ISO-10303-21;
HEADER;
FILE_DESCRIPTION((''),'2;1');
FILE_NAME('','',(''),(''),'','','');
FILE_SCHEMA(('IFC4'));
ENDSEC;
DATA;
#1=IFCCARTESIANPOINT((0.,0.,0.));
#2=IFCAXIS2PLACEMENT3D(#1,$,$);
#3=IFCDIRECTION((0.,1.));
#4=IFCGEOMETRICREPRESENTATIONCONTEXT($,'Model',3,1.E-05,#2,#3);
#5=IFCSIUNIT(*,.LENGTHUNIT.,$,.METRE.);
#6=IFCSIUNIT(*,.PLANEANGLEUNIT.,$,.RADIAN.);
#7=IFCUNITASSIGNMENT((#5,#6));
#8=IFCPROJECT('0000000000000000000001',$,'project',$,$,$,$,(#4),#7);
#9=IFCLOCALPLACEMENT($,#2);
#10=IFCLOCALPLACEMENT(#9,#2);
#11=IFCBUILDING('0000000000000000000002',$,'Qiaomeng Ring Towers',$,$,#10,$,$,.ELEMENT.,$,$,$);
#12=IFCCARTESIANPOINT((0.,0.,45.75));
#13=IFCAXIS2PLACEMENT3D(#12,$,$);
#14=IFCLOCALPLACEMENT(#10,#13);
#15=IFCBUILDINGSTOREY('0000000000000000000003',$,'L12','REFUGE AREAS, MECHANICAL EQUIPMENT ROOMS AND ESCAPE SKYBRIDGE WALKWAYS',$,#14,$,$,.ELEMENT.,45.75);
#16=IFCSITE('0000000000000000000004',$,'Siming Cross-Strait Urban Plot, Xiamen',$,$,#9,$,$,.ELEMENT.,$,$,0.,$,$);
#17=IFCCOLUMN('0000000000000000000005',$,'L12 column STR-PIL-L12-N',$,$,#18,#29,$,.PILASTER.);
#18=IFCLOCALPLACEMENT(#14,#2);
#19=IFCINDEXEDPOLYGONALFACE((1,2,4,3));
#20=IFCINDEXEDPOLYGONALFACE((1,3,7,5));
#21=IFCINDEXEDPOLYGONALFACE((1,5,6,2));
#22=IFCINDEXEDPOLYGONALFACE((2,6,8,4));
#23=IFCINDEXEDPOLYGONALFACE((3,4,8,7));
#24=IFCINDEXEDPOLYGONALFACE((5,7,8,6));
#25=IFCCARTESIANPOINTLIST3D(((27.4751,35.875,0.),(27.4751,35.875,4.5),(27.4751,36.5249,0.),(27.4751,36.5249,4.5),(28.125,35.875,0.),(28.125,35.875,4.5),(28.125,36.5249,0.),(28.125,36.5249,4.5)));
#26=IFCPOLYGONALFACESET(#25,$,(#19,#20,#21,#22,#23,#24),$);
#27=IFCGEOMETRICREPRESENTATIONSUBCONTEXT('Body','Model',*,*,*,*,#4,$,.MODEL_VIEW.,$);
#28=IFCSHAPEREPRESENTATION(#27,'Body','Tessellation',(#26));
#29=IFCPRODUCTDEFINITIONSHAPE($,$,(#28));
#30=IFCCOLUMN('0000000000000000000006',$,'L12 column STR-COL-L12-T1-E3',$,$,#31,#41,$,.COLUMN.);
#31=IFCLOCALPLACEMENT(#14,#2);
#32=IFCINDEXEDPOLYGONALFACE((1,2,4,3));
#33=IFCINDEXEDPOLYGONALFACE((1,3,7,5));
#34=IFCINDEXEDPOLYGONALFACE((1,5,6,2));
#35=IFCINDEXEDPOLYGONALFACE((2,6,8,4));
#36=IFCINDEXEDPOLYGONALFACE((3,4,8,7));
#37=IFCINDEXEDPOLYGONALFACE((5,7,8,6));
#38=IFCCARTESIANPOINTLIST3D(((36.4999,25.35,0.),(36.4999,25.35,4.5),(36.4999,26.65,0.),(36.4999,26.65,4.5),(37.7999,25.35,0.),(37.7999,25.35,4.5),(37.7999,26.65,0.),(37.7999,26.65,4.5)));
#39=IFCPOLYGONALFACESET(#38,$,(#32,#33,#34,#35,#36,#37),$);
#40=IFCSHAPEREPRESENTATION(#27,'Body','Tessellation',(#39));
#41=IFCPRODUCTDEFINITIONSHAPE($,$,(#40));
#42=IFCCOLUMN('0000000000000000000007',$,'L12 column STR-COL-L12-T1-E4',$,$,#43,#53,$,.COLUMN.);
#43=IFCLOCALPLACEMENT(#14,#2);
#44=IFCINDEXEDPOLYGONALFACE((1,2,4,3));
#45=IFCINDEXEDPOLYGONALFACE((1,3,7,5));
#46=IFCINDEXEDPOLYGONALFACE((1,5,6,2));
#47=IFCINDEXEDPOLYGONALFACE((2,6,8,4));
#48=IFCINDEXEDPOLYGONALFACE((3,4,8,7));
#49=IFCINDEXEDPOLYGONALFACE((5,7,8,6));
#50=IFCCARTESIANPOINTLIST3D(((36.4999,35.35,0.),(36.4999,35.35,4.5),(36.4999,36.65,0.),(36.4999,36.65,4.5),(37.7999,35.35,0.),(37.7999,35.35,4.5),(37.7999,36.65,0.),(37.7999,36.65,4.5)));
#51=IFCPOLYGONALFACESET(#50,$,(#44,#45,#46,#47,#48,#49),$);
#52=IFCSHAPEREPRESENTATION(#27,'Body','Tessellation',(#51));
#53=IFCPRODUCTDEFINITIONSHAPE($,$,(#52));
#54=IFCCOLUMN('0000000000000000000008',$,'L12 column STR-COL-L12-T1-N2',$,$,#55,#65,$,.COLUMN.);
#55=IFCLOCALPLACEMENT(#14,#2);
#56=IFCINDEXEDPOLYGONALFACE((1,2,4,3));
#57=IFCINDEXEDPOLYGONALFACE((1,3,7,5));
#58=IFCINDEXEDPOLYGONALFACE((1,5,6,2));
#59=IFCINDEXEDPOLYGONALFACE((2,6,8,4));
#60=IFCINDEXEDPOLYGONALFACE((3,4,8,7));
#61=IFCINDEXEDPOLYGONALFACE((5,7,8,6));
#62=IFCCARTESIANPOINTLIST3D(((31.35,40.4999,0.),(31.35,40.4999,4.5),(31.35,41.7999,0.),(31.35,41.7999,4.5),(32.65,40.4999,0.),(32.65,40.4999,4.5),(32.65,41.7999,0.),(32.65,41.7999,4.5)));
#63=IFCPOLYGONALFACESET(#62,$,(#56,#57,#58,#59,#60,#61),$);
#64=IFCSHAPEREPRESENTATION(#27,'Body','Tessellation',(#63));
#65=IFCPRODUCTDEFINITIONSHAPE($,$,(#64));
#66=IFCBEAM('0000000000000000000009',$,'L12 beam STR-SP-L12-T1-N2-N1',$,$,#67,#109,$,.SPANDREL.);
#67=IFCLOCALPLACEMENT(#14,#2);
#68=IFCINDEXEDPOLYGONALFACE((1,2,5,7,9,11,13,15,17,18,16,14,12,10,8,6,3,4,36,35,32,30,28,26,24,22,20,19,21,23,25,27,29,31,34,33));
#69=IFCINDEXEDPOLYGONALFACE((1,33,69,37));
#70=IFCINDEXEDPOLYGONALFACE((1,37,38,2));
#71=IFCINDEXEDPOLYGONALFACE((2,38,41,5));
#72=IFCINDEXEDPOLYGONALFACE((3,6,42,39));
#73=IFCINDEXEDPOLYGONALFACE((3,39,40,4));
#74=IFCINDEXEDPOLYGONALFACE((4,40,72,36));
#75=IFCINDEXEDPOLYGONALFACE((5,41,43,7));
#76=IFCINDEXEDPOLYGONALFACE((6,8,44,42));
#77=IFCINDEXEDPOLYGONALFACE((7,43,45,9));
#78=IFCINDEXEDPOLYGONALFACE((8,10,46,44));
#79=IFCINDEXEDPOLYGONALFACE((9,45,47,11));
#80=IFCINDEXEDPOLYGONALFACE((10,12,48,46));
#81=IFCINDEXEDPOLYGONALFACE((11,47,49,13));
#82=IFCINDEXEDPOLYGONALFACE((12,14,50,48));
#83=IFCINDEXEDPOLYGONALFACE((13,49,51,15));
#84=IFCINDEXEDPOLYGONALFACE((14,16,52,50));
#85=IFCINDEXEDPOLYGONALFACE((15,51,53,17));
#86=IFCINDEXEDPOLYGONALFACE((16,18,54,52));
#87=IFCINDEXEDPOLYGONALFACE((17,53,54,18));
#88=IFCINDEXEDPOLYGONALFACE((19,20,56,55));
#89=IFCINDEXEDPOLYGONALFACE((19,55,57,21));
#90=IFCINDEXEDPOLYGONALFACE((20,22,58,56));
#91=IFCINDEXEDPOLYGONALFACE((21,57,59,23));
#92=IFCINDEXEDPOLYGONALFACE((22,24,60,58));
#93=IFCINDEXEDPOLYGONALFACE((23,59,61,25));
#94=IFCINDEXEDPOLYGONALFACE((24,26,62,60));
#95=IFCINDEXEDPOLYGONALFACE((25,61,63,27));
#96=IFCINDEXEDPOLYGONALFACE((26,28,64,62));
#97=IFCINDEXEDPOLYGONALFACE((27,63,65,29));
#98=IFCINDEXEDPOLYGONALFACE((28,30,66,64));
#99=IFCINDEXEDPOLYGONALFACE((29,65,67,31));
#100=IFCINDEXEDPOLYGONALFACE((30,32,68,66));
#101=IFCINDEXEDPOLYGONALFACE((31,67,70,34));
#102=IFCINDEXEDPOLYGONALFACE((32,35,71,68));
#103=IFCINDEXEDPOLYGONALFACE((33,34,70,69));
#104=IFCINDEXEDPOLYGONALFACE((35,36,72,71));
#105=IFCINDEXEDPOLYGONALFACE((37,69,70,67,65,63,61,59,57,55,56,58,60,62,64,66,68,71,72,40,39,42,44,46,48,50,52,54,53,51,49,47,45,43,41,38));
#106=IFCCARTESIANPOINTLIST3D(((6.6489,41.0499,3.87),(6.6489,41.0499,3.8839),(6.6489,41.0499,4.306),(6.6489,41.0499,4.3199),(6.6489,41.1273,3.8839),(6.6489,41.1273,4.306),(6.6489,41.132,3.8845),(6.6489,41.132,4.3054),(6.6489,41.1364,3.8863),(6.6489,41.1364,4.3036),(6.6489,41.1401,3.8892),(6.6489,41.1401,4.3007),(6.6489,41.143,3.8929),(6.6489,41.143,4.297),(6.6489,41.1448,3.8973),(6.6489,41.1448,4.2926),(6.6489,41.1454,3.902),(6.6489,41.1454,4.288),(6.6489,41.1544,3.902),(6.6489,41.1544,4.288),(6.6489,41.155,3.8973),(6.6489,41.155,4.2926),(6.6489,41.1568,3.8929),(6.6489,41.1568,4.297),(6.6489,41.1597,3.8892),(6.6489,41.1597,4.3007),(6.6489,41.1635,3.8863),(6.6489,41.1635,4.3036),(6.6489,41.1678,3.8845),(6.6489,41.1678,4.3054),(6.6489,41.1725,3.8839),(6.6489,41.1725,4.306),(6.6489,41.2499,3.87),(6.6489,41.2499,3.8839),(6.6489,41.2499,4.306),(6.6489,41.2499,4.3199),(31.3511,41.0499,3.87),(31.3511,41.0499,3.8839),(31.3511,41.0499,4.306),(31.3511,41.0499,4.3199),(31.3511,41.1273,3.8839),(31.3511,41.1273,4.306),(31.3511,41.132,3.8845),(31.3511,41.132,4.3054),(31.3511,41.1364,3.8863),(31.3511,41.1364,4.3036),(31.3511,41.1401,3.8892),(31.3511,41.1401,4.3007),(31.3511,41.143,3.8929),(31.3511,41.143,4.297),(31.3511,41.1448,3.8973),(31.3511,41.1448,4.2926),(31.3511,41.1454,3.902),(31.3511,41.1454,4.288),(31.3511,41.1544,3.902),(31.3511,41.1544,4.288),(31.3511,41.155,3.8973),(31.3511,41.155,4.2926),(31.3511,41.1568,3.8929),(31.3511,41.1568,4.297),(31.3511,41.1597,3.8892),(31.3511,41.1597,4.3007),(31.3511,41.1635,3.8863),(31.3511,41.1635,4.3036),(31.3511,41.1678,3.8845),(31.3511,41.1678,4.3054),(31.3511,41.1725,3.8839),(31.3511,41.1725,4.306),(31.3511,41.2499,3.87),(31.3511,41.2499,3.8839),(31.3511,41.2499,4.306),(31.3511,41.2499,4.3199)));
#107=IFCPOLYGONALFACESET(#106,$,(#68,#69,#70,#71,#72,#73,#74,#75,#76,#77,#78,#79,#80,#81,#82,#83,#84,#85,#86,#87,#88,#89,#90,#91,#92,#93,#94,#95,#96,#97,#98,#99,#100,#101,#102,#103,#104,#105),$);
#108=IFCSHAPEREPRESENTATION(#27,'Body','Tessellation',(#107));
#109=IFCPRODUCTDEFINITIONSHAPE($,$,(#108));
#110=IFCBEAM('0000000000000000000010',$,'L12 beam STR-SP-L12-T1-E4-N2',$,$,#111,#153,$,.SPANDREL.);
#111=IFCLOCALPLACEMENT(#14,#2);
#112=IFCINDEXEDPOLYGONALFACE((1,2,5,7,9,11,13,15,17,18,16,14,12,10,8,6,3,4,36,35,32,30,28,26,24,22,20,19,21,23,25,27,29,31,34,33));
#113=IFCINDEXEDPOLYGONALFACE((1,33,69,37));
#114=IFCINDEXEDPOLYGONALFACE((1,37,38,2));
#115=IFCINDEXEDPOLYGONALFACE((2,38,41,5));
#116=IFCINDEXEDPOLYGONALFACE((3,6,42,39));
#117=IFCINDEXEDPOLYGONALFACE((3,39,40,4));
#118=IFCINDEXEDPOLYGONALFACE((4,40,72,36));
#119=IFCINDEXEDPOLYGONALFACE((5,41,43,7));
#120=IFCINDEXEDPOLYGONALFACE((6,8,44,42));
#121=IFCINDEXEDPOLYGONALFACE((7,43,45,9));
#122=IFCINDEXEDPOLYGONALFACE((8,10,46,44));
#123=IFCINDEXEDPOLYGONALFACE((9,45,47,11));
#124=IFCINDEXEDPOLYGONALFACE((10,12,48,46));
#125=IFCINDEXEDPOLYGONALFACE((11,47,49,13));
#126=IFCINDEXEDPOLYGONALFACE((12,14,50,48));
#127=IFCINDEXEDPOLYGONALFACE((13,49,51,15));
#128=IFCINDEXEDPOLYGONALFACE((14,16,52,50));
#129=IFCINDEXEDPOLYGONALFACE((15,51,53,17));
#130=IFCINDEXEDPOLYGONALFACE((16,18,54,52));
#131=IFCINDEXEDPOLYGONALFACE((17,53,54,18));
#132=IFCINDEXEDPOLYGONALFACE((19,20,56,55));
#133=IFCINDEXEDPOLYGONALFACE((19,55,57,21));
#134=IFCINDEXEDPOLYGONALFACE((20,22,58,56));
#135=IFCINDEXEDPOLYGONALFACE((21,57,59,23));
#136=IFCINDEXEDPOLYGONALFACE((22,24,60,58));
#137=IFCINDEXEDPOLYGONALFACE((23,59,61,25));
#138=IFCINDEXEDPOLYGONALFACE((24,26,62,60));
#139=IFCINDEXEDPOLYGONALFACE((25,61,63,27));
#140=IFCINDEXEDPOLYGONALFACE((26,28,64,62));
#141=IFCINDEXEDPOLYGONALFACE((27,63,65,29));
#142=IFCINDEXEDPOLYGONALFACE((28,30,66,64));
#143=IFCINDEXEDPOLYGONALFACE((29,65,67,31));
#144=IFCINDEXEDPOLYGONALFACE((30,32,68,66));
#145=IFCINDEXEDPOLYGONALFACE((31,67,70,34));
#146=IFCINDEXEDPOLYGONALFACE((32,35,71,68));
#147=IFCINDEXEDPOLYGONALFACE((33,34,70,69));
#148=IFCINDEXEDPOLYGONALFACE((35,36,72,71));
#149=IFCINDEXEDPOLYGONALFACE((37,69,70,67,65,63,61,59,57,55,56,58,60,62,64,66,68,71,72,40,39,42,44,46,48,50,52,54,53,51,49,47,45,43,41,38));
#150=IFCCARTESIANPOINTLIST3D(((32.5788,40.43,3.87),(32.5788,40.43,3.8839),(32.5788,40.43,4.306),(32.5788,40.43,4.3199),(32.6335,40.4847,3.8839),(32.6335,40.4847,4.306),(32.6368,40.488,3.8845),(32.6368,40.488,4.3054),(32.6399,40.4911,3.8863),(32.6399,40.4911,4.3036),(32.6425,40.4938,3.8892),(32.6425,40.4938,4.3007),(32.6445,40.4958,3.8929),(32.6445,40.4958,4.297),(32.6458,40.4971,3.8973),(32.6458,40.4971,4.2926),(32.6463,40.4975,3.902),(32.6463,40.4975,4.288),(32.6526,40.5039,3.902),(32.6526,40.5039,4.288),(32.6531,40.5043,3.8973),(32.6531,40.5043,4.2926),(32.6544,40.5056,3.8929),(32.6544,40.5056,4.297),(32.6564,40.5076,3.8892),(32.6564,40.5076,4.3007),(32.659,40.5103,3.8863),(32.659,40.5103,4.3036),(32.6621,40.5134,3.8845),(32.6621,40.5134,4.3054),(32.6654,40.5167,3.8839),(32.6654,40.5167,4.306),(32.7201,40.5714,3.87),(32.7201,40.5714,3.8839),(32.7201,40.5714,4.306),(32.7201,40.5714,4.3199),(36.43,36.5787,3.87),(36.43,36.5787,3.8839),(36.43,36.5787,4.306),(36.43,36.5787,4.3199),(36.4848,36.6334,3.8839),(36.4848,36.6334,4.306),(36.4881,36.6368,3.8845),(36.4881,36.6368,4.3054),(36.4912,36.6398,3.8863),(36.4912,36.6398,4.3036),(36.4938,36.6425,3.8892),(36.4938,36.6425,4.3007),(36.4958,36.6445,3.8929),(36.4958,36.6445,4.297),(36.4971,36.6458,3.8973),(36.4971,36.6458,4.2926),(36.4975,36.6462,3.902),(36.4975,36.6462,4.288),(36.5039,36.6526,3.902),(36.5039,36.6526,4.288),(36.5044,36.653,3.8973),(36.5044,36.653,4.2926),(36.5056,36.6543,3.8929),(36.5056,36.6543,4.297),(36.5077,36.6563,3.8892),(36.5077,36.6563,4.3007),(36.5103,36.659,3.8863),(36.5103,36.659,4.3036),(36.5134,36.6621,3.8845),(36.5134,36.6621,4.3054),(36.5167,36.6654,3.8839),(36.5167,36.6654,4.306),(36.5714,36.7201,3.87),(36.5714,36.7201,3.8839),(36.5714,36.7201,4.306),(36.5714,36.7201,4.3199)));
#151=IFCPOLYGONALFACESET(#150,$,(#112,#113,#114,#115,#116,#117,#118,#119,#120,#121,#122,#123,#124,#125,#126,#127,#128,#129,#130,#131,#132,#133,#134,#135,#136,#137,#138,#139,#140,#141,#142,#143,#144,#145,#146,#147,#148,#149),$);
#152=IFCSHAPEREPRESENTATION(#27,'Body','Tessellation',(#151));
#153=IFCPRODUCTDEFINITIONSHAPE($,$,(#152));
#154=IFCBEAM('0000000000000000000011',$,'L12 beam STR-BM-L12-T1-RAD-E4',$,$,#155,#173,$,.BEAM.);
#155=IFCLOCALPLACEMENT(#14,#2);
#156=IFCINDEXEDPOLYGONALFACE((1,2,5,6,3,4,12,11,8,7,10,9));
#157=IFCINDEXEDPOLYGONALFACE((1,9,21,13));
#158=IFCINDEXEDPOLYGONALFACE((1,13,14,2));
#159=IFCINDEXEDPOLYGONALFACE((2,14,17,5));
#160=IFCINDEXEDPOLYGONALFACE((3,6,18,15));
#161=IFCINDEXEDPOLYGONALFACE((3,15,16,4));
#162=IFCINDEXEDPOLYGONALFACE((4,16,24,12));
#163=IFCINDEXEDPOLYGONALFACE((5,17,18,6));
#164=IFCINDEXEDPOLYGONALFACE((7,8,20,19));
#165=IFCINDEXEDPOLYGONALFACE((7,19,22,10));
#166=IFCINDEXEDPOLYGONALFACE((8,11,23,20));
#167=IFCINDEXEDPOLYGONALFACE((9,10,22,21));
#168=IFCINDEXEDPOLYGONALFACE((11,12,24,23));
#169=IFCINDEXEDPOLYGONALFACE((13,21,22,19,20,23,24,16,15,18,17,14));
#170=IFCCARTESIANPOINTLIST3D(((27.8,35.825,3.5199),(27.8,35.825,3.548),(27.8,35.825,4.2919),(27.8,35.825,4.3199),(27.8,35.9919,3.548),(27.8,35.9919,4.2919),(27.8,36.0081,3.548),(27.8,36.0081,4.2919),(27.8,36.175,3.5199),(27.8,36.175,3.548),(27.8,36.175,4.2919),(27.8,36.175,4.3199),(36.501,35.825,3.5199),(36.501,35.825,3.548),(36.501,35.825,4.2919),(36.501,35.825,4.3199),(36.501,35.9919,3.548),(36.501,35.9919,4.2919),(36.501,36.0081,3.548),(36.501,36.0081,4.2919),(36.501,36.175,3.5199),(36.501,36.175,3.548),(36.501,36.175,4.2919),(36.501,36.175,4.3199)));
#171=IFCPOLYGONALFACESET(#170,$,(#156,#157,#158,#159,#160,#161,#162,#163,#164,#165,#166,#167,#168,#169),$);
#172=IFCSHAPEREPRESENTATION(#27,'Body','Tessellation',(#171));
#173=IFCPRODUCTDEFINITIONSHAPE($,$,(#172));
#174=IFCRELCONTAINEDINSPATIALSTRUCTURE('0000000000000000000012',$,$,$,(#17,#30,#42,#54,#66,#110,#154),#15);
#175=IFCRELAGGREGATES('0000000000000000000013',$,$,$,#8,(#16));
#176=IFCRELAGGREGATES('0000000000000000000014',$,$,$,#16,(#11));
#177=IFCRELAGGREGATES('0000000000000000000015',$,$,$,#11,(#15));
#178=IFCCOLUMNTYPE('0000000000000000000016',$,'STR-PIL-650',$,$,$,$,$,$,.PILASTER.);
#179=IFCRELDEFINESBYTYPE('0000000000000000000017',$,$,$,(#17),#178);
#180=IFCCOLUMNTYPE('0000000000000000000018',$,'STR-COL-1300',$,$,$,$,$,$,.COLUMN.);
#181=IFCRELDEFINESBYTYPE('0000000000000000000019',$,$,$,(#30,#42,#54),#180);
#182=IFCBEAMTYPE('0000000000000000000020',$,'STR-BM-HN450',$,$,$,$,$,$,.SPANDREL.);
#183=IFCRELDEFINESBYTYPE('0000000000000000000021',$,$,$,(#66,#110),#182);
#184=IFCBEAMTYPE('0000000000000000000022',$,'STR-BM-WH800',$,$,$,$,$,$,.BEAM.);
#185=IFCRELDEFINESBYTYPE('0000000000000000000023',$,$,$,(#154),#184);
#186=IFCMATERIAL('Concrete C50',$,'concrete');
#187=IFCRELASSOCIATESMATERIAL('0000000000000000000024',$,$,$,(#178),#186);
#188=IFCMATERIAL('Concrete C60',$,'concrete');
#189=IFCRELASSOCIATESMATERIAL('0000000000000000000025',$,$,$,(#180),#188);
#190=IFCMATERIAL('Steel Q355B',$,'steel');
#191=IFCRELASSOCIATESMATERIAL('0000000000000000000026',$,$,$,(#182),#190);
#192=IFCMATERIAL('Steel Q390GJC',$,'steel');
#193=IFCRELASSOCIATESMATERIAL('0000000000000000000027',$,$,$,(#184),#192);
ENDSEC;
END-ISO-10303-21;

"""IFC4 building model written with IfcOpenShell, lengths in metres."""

from ifc_helpers import new_model, si_unit, direction, frame, origin, origin_2d, place, context, subcontext, project, spatial, rectangle, i_section, extrude, source, transform, mapped, material, material_profile, profile_set, type_object, element, save


model = new_model("IFC4")

# Units and contexts
model_context = context("Model", 3, precision=1e-05, world=origin(), true_north=direction((0.0, 1.0)))
body_context = subcontext(model_context, "Body", "Model", "MODEL_VIEW")
ifc_project = project(units=[si_unit("LENGTHUNIT", "METRE"), si_unit("PLANEANGLEUNIT", "RADIAN")], contexts=[model_context])

# Site, building, storey
site_placement = place(None, origin())
site = spatial("IfcSite", under=ifc_project, at=site_placement, Name="Siming Cross-Strait Urban Plot, Xiamen", CompositionType="ELEMENT", RefElevation=0.0)
building_placement = place(site_placement, origin())
building = spatial("IfcBuilding", under=site, at=building_placement, Name="Qiaomeng Ring Towers", CompositionType="ELEMENT")
storey_placement = place(building_placement, frame((0.0, 0.0, 45.75)))
storey = spatial("IfcBuildingStorey", under=building, at=storey_placement, Name="L12", Description="REFUGE AREAS, MECHANICAL EQUIPMENT ROOMS AND ESCAPE SKYBRIDGE WALKWAYS", CompositionType="ELEMENT", Elevation=45.75)

# Columns
ifc_material_1 = material(Name="Concrete C50", Category="concrete")
ifc_material_profile_1 = material_profile(ifc_material_1, rectangle(XDim=0.6499, YDim=0.6499, at=origin_2d()), Name="RC COL 650x650")
ifc_profile_set_1 = profile_set([ifc_material_profile_1], Name="Concrete C50")
column_type_1 = type_object("IfcColumnType", Name="STR-PIL-650", PredefinedType="PILASTER", material=ifc_profile_set_1)
shared_shape_1 = source(origin(), body_context, "Body", "SweptSolid", [
    extrude(rectangle(XDim=0.6499, YDim=0.6499, at=origin_2d()), origin(), (0.0, 0.0, 1.0), 4.5),
])
column_placement = place(storey_placement, frame((27.8, 36.2, 0.0), z_axis=(0.0, 0.0, 1.0), x_axis=(1.0, 0.0, 0.0)))
element("IfcColumn", 1, at=column_placement, inside=storey, type_object=column_type_1, Name="L12 column STR-PIL-L12-N", PredefinedType="PILASTER", context=body_context, shape_type="MappedRepresentation", body=[
    mapped(shared_shape_1, transform((0.0, 0.0, 0.0), x_axis=(1.0, 0.0, 0.0), y_axis=(0.0, 1.0, 0.0), z_axis=(0.0, 0.0, 1.0), scale=1.0)),
])
ifc_material_2 = material(Name="Concrete C60", Category="concrete")
ifc_material_profile_2 = material_profile(ifc_material_2, rectangle(XDim=1.3, YDim=1.3, at=origin_2d()), Name="RC COL 1300x1300")
ifc_profile_set_2 = profile_set([ifc_material_profile_2], Name="Concrete C60")
column_type_2 = type_object("IfcColumnType", Name="STR-COL-1300", PredefinedType="COLUMN", material=ifc_profile_set_2)
shared_shape_2 = source(origin(), body_context, "Body", "SweptSolid", [
    extrude(rectangle(XDim=1.3, YDim=1.3, at=origin_2d()), origin(), (0.0, 0.0, 1.0), 4.5),
])
for number, where, z_axis, x_axis, name in (
    (2, (37.1499, 26.0, 0.0), (0.0, 0.0, 1.0), (1.0, 0.0, 0.0), "L12 column STR-COL-L12-T1-E3"),
    (3, (37.1499, 36.0, 0.0), (0.0, 0.0, 1.0), (1.0, 0.0, 0.0), "L12 column STR-COL-L12-T1-E4"),
    (4, (32.0, 41.1499, 0.0), (0.0, 0.0, 1.0), (1.0, 0.0, 0.0), "L12 column STR-COL-L12-T1-N2"),
):
    element("IfcColumn", number, at=place(storey_placement, frame(where, z_axis=z_axis, x_axis=x_axis)), inside=storey, type_object=column_type_2, Name=name, PredefinedType="COLUMN", context=body_context, shape_type="MappedRepresentation", body=[
        mapped(shared_shape_2, transform((0.0, 0.0, 0.0), x_axis=(1.0, 0.0, 0.0), y_axis=(0.0, 1.0, 0.0), z_axis=(0.0, 0.0, 1.0), scale=1.0)),
    ])

# Beams
ifc_material_3 = material(Name="Steel Q355B", Category="steel")
ifc_material_profile_3 = material_profile(ifc_material_3, i_section(OverallWidth=0.2, OverallDepth=0.45, WebThickness=0.009, FlangeThickness=0.0139, FilletRadius=0.0181, at=origin_2d()), Name="HN 450x200x9x14")
ifc_profile_set_3 = profile_set([ifc_material_profile_3], Name="Steel Q355B")
beam_type_1 = type_object("IfcBeamType", Name="STR-BM-HN450", PredefinedType="SPANDREL", material=ifc_profile_set_3)
shared_shape_3 = source(origin(), body_context, "Body", "SweptSolid", [
    extrude(i_section(OverallWidth=0.2, OverallDepth=0.45, WebThickness=0.009, FlangeThickness=0.0139, FilletRadius=0.0181, at=origin_2d()), origin(), (0.0, 0.0, 1.0), 24.7021),
])
beam_1_placement = place(storey_placement, frame((31.3511, 41.1499, 4.095), z_axis=(-1.0, 0.0, 0.0), x_axis=(0.0, -1.0, 0.0)))
element("IfcBeam", 5, at=beam_1_placement, inside=storey, type_object=beam_type_1, Name="L12 beam STR-SP-L12-T1-N2-N1", PredefinedType="SPANDREL", context=body_context, shape_type="MappedRepresentation", body=[
    mapped(shared_shape_3, transform((0.0, 0.0, 0.0), x_axis=(1.0, 0.0, 0.0), y_axis=(0.0, 1.0, 0.0), z_axis=(0.0, 0.0, 1.0), scale=1.0)),
])
shared_shape_4 = source(origin(), body_context, "Body", "SweptSolid", [
    extrude(i_section(OverallWidth=0.2, OverallDepth=0.45, WebThickness=0.009, FlangeThickness=0.0139, FilletRadius=0.0181, at=origin_2d()), origin(), (0.0, 0.0, 1.0), 5.4465),
])
beam_2_placement = place(storey_placement, frame((36.5007, 36.6494, 4.095), z_axis=(-0.707107, 0.707107, 0.0), x_axis=(-0.707107, -0.707107, 0.0)))
element("IfcBeam", 6, at=beam_2_placement, inside=storey, type_object=beam_type_1, Name="L12 beam STR-SP-L12-T1-E4-N2", PredefinedType="SPANDREL", context=body_context, shape_type="MappedRepresentation", body=[
    mapped(shared_shape_4, transform((0.0, 0.0, 0.0), x_axis=(1.0, 0.0, 0.0), y_axis=(0.0, 1.0, 0.0), z_axis=(0.0, 0.0, 1.0), scale=1.0)),
])
ifc_material_4 = material(Name="Steel Q390GJC", Category="steel")
ifc_material_profile_4 = material_profile(ifc_material_4, i_section(OverallWidth=0.3501, OverallDepth=0.8, WebThickness=0.0161, FlangeThickness=0.0281, at=origin_2d()), Name="WH 800x350x16x28")
ifc_profile_set_4 = profile_set([ifc_material_profile_4], Name="Steel Q390GJC")
beam_type_2 = type_object("IfcBeamType", Name="STR-BM-WH800", PredefinedType="BEAM", material=ifc_profile_set_4)
shared_shape_5 = source(origin(), body_context, "Body", "SweptSolid", [
    extrude(i_section(OverallWidth=0.3501, OverallDepth=0.8, WebThickness=0.0161, FlangeThickness=0.0281, at=origin_2d()), origin(), (0.0, 0.0, 1.0), 8.7009),
])
beam_3_placement = place(storey_placement, frame((27.8, 36.0, 3.9199), z_axis=(1.0, 0.0, 0.0), x_axis=(0.0, 1.0, 0.0)))
element("IfcBeam", 7, at=beam_3_placement, inside=storey, type_object=beam_type_2, Name="L12 beam STR-BM-L12-T1-RAD-E4", PredefinedType="BEAM", context=body_context, shape_type="MappedRepresentation", body=[
    mapped(shared_shape_5, transform((0.0, 0.0, 0.0), x_axis=(1.0, 0.0, 0.0), y_axis=(0.0, 1.0, 0.0), z_axis=(0.0, 0.0, 1.0), scale=1.0)),
])

save(model, "model.ifc")
